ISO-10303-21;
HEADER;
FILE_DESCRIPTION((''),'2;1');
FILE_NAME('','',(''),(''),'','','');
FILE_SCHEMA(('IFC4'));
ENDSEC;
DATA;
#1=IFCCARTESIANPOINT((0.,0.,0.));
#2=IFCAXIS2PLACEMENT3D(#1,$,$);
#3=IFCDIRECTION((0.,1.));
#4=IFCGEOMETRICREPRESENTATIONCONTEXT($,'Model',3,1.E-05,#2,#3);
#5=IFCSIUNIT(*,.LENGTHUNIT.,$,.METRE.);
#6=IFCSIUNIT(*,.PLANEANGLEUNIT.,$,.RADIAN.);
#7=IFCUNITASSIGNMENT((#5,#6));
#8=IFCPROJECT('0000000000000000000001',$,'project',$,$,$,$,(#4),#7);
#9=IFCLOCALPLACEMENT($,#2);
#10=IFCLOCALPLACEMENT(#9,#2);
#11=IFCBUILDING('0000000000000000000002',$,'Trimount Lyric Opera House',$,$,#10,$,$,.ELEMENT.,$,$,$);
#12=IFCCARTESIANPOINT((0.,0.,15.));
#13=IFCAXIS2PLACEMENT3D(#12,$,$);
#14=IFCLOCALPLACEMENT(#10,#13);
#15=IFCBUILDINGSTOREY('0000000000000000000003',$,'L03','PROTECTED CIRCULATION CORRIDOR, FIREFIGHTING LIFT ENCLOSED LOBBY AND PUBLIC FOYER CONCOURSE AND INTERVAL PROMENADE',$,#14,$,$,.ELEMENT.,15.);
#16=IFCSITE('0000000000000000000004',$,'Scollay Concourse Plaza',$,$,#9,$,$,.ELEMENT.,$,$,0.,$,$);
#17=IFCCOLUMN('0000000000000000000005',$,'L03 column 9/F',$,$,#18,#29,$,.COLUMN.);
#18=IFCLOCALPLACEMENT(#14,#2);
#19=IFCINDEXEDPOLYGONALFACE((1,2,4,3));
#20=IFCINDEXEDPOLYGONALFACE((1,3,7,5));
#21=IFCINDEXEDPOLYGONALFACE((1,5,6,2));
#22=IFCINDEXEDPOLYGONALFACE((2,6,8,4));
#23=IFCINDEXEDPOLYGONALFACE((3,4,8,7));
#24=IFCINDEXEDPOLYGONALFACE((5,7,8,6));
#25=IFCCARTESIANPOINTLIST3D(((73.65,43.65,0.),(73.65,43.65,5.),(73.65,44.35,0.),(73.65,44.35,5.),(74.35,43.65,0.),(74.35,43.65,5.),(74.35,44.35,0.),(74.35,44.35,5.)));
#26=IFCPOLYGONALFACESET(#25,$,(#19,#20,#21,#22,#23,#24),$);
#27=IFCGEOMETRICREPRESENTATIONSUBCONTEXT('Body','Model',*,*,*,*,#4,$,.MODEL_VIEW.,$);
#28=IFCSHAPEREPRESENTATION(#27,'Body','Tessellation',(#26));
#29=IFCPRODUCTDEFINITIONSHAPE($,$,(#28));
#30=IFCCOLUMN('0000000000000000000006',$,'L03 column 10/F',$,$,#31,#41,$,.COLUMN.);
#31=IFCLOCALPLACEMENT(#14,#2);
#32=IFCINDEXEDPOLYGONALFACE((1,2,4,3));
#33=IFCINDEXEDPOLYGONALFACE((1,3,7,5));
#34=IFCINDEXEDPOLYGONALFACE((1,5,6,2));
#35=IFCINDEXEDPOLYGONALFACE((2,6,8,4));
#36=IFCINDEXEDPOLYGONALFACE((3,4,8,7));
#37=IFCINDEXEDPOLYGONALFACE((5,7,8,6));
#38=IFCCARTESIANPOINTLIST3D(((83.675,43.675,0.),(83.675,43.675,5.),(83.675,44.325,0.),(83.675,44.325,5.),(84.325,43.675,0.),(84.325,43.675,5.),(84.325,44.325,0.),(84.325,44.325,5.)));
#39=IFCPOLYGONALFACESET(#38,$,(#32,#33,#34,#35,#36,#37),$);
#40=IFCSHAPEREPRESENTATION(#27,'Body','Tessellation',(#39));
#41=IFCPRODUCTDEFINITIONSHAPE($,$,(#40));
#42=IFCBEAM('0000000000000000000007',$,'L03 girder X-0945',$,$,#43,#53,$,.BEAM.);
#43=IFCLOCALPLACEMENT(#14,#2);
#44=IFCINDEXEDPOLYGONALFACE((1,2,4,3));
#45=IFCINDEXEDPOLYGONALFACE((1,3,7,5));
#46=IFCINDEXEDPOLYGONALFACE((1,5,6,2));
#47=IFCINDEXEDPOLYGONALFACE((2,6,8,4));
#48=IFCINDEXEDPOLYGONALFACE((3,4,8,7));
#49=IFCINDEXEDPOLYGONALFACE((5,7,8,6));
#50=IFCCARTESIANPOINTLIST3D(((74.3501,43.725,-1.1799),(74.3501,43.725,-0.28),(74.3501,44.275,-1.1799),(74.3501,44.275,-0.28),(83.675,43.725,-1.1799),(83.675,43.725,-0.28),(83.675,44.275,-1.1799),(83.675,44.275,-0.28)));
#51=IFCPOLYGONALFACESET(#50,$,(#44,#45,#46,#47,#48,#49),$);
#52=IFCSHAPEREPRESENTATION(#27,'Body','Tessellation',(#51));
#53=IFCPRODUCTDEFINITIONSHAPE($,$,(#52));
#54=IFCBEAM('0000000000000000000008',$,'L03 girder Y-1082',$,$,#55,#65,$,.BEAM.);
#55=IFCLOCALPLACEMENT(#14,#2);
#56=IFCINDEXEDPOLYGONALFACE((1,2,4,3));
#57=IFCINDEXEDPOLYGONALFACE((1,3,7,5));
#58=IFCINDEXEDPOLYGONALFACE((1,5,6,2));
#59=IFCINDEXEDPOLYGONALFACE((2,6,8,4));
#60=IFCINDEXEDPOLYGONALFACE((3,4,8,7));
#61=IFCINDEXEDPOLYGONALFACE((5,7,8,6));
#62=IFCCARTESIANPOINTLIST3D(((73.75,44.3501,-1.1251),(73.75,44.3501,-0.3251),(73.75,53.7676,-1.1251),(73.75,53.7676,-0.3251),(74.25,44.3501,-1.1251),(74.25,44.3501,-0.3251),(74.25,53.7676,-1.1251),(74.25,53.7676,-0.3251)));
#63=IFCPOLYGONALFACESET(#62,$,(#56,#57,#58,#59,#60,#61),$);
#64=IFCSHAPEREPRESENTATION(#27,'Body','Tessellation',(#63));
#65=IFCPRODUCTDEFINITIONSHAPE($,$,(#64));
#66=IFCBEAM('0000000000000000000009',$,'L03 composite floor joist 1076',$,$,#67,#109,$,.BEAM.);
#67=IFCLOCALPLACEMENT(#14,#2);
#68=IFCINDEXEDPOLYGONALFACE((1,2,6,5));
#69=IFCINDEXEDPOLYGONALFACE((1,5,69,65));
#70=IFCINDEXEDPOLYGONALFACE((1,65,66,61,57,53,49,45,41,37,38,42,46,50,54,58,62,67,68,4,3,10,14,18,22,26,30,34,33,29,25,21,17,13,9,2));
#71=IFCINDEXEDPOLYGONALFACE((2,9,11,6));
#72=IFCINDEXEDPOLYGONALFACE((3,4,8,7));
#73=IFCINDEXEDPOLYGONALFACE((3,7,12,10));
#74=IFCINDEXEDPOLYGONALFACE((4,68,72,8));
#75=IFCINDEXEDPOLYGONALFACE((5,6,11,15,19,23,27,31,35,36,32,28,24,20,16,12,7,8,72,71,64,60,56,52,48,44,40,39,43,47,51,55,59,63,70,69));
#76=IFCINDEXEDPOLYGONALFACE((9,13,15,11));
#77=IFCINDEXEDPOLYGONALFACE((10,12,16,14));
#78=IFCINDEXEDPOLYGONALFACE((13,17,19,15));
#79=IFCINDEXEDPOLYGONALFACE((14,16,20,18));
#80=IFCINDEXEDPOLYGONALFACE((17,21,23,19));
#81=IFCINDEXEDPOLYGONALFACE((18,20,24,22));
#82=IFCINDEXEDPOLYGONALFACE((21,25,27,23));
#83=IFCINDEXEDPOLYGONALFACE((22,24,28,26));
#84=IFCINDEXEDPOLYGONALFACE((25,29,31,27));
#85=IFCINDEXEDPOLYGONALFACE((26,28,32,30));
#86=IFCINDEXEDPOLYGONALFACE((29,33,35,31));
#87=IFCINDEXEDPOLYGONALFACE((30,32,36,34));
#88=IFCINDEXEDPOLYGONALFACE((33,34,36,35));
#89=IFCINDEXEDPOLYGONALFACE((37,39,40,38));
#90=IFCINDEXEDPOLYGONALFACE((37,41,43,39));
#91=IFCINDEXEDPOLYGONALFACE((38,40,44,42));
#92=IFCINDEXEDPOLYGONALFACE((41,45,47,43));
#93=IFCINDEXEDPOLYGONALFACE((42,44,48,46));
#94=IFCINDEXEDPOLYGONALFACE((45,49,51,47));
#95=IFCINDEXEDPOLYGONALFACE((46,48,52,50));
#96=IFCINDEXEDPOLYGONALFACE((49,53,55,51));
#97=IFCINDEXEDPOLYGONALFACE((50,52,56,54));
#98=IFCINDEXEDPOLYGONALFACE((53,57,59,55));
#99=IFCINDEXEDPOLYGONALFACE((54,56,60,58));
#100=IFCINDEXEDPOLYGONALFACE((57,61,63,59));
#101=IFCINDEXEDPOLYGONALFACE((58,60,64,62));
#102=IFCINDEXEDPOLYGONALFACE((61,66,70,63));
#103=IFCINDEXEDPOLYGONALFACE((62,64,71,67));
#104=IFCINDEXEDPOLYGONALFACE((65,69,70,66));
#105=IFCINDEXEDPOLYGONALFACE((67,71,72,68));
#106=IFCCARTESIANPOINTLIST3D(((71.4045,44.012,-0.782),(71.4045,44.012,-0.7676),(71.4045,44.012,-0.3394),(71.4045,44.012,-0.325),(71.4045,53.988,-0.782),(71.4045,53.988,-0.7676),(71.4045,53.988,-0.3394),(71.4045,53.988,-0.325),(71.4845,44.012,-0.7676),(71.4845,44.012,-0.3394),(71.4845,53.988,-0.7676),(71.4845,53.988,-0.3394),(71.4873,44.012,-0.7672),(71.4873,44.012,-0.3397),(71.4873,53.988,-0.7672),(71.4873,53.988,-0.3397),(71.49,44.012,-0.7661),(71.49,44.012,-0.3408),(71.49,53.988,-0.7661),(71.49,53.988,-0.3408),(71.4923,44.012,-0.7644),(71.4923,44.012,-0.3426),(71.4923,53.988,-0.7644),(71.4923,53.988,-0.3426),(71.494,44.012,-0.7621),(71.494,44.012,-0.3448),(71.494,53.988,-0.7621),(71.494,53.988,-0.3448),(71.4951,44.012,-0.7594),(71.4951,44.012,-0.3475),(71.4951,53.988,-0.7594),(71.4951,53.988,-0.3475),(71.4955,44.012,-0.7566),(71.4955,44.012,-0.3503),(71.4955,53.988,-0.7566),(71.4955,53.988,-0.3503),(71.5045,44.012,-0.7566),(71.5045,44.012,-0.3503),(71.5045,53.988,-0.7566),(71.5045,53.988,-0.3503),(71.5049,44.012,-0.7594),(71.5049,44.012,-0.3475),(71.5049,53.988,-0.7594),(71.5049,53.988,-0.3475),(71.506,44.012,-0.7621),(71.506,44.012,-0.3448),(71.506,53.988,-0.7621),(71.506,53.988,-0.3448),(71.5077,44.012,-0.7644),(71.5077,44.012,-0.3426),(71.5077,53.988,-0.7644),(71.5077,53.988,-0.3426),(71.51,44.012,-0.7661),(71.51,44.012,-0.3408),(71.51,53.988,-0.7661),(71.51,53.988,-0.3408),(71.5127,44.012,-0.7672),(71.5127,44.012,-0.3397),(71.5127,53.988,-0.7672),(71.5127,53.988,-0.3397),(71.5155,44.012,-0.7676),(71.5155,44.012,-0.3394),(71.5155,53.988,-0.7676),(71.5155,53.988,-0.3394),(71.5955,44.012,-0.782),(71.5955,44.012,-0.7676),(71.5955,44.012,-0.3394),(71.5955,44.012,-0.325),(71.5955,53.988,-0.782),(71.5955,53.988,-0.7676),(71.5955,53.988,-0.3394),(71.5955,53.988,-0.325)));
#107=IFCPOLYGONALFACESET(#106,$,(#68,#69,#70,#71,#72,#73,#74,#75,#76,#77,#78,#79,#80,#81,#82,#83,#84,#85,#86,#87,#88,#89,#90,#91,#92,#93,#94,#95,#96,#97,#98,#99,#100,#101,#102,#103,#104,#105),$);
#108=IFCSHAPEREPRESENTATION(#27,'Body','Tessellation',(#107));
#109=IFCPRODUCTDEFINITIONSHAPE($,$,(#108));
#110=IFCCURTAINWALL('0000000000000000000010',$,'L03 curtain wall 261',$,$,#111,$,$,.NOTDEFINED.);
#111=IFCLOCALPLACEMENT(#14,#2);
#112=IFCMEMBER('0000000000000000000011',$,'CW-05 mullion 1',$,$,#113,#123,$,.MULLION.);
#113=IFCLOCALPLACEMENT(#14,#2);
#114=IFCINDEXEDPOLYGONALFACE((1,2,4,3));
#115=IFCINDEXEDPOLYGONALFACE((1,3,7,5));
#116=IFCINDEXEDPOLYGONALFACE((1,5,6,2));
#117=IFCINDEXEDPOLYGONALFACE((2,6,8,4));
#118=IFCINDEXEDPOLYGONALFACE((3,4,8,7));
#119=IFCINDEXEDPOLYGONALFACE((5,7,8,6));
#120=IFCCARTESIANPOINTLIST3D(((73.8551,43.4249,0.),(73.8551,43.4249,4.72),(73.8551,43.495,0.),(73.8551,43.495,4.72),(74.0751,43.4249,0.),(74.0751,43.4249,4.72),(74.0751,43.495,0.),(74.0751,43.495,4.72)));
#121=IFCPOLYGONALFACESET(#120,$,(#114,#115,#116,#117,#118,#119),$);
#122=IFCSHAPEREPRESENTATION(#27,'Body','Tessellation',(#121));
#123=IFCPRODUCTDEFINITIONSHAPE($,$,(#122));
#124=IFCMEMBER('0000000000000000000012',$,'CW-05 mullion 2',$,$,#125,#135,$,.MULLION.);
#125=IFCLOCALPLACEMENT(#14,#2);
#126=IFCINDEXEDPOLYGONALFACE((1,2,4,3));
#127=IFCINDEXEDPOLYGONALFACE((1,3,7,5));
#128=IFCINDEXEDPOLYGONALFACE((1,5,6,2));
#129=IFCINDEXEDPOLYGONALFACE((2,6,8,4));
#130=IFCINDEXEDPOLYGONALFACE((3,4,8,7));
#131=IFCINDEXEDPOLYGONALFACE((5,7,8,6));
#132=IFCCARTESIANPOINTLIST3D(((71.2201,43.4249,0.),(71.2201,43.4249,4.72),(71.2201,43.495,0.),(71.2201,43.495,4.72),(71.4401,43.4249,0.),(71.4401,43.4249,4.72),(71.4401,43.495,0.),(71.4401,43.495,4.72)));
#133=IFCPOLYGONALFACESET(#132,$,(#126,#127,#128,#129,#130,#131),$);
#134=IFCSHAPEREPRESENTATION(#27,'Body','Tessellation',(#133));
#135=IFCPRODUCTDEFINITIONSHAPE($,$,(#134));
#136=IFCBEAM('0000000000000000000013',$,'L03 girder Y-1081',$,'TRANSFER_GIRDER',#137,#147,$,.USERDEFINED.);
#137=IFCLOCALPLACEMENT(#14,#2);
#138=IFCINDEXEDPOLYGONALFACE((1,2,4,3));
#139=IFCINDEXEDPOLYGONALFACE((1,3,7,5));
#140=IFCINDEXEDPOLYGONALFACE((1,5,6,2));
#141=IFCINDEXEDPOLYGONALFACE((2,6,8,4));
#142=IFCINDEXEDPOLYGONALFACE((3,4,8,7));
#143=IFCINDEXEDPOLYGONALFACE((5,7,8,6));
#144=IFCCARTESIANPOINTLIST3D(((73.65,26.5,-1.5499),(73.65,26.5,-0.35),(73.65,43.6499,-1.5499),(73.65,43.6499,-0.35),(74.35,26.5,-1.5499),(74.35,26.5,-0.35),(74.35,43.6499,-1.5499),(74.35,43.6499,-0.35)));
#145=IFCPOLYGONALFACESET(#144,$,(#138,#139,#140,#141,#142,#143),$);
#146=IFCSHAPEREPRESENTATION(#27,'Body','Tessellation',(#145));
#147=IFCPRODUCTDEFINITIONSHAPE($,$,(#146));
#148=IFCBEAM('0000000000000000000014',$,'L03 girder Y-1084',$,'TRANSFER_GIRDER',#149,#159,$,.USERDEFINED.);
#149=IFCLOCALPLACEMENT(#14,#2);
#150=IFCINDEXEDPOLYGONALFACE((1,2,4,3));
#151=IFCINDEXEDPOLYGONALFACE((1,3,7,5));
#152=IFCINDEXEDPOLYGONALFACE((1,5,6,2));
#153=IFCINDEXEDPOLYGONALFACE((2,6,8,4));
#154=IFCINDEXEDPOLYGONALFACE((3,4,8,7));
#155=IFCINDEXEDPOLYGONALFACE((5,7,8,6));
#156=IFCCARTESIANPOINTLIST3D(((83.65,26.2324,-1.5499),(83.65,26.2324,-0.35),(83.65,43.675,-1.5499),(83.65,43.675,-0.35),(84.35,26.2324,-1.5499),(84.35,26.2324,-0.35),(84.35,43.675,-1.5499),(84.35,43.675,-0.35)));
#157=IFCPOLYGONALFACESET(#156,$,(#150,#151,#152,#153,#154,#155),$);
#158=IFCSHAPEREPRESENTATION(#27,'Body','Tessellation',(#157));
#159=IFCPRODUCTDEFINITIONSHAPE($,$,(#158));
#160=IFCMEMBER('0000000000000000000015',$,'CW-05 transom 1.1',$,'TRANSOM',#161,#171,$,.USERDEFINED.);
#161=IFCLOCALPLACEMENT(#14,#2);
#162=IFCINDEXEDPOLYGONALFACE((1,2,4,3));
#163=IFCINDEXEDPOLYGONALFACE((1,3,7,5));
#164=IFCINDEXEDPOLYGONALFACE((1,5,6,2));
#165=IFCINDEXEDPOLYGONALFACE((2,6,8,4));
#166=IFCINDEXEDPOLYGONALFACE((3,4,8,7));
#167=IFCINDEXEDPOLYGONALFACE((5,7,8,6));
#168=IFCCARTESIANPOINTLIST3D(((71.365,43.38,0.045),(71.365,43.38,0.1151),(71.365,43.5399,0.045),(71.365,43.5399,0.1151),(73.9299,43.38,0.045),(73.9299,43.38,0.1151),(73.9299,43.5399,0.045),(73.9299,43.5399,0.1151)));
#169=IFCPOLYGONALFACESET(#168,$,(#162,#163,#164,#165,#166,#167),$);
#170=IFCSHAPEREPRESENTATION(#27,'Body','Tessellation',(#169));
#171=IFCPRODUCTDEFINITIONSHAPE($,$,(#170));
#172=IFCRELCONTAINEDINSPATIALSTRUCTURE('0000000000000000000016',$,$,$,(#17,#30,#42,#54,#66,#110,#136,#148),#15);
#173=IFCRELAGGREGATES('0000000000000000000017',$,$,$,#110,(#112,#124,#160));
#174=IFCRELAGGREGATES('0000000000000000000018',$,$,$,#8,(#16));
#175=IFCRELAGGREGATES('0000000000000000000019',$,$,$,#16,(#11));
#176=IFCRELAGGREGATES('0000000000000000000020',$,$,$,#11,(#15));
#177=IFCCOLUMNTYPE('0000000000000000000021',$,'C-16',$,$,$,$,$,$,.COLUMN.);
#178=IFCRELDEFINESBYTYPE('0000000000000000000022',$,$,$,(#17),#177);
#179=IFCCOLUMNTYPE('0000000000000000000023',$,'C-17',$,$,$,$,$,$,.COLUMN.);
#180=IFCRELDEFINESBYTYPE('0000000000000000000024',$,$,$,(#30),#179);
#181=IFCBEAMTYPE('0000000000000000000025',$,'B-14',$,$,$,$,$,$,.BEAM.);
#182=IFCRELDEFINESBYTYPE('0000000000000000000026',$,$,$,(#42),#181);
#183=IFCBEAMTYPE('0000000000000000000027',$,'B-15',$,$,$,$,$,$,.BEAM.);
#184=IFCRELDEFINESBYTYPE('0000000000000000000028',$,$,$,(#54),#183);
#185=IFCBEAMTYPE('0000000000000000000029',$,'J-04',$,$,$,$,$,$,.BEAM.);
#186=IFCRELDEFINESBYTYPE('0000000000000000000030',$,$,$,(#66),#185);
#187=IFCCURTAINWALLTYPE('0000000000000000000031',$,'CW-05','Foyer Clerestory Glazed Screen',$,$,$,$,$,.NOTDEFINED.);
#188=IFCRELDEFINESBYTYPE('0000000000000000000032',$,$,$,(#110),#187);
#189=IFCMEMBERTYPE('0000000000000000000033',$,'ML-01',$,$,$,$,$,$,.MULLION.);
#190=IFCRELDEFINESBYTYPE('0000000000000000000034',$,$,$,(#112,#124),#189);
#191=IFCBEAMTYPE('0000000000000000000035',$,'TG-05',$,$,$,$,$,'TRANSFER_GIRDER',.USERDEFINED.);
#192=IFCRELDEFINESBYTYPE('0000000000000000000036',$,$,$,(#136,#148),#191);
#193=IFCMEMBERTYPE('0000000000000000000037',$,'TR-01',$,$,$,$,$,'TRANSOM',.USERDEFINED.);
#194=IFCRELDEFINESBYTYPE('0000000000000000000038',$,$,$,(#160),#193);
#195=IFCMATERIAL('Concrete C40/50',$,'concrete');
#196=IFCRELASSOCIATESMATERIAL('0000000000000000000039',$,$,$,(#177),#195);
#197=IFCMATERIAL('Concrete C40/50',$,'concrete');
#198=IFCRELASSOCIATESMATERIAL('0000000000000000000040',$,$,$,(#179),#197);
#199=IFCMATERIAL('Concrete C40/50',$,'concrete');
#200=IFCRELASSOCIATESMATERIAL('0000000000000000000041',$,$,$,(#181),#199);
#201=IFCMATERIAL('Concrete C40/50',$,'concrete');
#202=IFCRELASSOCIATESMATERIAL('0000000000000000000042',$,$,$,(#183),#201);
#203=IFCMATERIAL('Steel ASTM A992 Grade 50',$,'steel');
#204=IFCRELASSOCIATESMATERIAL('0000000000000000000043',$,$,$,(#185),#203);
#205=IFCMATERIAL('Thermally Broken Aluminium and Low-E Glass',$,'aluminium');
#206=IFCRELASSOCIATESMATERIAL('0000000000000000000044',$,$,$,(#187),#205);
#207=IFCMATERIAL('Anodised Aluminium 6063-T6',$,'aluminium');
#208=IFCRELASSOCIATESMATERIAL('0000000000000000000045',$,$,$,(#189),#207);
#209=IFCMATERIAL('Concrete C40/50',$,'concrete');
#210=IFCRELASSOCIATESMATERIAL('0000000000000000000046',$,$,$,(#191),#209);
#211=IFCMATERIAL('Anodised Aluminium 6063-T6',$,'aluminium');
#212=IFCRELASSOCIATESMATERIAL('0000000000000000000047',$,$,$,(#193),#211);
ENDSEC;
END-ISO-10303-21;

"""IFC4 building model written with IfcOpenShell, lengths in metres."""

from ifc_helpers import new_model, si_unit, direction, frame, origin, origin_2d, place, context, subcontext, project, spatial, rectangle, i_section, extrude, material, material_profile, profile_set, type_object, element, aggregate, save


model = new_model("IFC4")

# Units and contexts
model_context = context("Model", 3, precision=1e-05, world=origin(), true_north=direction((0.0, 1.0)))
body_context = subcontext(model_context, "Body", "Model", "MODEL_VIEW")
ifc_project = project(units=[si_unit("LENGTHUNIT", "METRE"), si_unit("PLANEANGLEUNIT", "RADIAN")], contexts=[model_context])

# Site, building, storey
site_placement = place(None, origin())
site = spatial("IfcSite", under=ifc_project, at=site_placement, Name="Scollay Concourse Plaza", CompositionType="ELEMENT", RefElevation=0.0)
building_placement = place(site_placement, origin())
building = spatial("IfcBuilding", under=site, at=building_placement, Name="Trimount Lyric Opera House", CompositionType="ELEMENT")
storey_placement = place(building_placement, frame((0.0, 0.0, 15.0)))
storey = spatial("IfcBuildingStorey", under=building, at=storey_placement, Name="L03", Description="PROTECTED CIRCULATION CORRIDOR, FIREFIGHTING LIFT ENCLOSED LOBBY AND PUBLIC FOYER CONCOURSE AND INTERVAL PROMENADE", CompositionType="ELEMENT", Elevation=15.0)

# Columns
ifc_material_1 = material(Name="Concrete C40/50", Category="concrete")
ifc_material_profile_1 = material_profile(ifc_material_1, rectangle(XDim=0.7, YDim=0.7, at=origin_2d()), Name="RC700X700")
ifc_profile_set_1 = profile_set([ifc_material_profile_1], Name="Concrete C40/50")
column_type_1 = type_object("IfcColumnType", Name="C-16", PredefinedType="COLUMN", material=ifc_profile_set_1)
column_1_placement = place(storey_placement, frame((74.0, 44.0, 0.0), z_axis=(0.0, 0.0, 1.0), x_axis=(1.0, 0.0, 0.0)))
element("IfcColumn", 1, at=column_1_placement, inside=storey, type_object=column_type_1, Name="L03 column 9/F", PredefinedType="COLUMN", context=body_context, shape_type="SweptSolid", body=[
    extrude(rectangle(XDim=0.7, YDim=0.7, at=origin_2d()), origin(), (0.0, 0.0, 1.0), 5.0),
])
ifc_material_2 = material(Name="Concrete C40/50", Category="concrete")
ifc_material_profile_2 = material_profile(ifc_material_2, rectangle(XDim=0.6499, YDim=0.6499, at=origin_2d()), Name="RC650X650")
ifc_profile_set_2 = profile_set([ifc_material_profile_2], Name="Concrete C40/50")
column_type_2 = type_object("IfcColumnType", Name="C-17", PredefinedType="COLUMN", material=ifc_profile_set_2)
column_2_placement = place(storey_placement, frame((84.0, 44.0, 0.0), z_axis=(0.0, 0.0, 1.0), x_axis=(1.0, 0.0, 0.0)))
element("IfcColumn", 2, at=column_2_placement, inside=storey, type_object=column_type_2, Name="L03 column 10/F", PredefinedType="COLUMN", context=body_context, shape_type="SweptSolid", body=[
    extrude(rectangle(XDim=0.6499, YDim=0.6499, at=origin_2d()), origin(), (0.0, 0.0, 1.0), 5.0),
])

# Beams
ifc_material_3 = material(Name="Concrete C40/50", Category="concrete")
ifc_material_profile_3 = material_profile(ifc_material_3, rectangle(XDim=0.55, YDim=0.8999, at=origin_2d()), Name="RC550X900")
ifc_profile_set_3 = profile_set([ifc_material_profile_3], Name="Concrete C40/50")
beam_type_1 = type_object("IfcBeamType", Name="B-14", PredefinedType="BEAM", material=ifc_profile_set_3)
beam_1_placement = place(storey_placement, frame((74.3501, 44.0, -0.73), z_axis=(1.0, 0.0, 0.0), x_axis=(0.0, 1.0, 0.0)))
element("IfcBeam", 3, at=beam_1_placement, inside=storey, type_object=beam_type_1, Name="L03 girder X-0945", PredefinedType="BEAM", context=body_context, shape_type="SweptSolid", body=[
    extrude(rectangle(XDim=0.55, YDim=0.8999, at=origin_2d()), origin(), (0.0, 0.0, 1.0), 9.325),
])
ifc_material_4 = material(Name="Concrete C40/50", Category="concrete")
ifc_material_profile_4 = material_profile(ifc_material_4, rectangle(XDim=0.5, YDim=0.8, at=origin_2d()), Name="RC500X800")
ifc_profile_set_4 = profile_set([ifc_material_profile_4], Name="Concrete C40/50")
beam_type_2 = type_object("IfcBeamType", Name="B-15", PredefinedType="BEAM", material=ifc_profile_set_4)
beam_2_placement = place(storey_placement, frame((74.0, 44.3501, -0.7251), z_axis=(0.0, 1.0, 0.0), x_axis=(-1.0, 0.0, 0.0)))
element("IfcBeam", 4, at=beam_2_placement, inside=storey, type_object=beam_type_2, Name="L03 girder Y-1082", PredefinedType="BEAM", context=body_context, shape_type="SweptSolid", body=[
    extrude(rectangle(XDim=0.5, YDim=0.8, at=origin_2d()), origin(), (0.0, 0.0, 1.0), 9.4175),
])
ifc_material_5 = material(Name="Steel ASTM A992 Grade 50", Category="steel")
ifc_material_profile_5 = material_profile(ifc_material_5, i_section(OverallWidth=0.1909, OverallDepth=0.457, WebThickness=0.009, FlangeThickness=0.0144, FilletRadius=0.011, at=origin_2d()), Name="W18X50")
ifc_profile_set_5 = profile_set([ifc_material_profile_5], Name="Steel ASTM A992 Grade 50")
beam_type_3 = type_object("IfcBeamType", Name="J-04", PredefinedType="BEAM", material=ifc_profile_set_5)
beam_3_placement = place(storey_placement, frame((71.5, 44.012, -0.5535), z_axis=(0.0, 1.0, 0.0), x_axis=(-1.0, 0.0, 0.0)))
element("IfcBeam", 5, at=beam_3_placement, inside=storey, type_object=beam_type_3, Name="L03 composite floor joist 1076", PredefinedType="BEAM", context=body_context, shape_type="SweptSolid", body=[
    extrude(i_section(OverallWidth=0.1909, OverallDepth=0.457, WebThickness=0.009, FlangeThickness=0.0144, FilletRadius=0.011, at=origin_2d()), origin(), (0.0, 0.0, 1.0), 9.9761),
])

# Curtain wall, members
ifc_material_6 = material(Name="Thermally Broken Aluminium and Low-E Glass", Category="aluminium")
curtain_wall_type = type_object("IfcCurtainWallType", Name="CW-05", Description="Foyer Clerestory Glazed Screen", PredefinedType="NOTDEFINED", material=ifc_material_6)
curtain_wall_placement = place(storey_placement, origin())
curtain_wall = element("IfcCurtainWall", 6, at=curtain_wall_placement, inside=storey, type_object=curtain_wall_type, Name="L03 curtain wall 261", PredefinedType="NOTDEFINED")
ifc_material_7 = material(Name="Anodised Aluminium 6063-T6", Category="aluminium")
ifc_material_profile_6 = material_profile(ifc_material_7, rectangle(XDim=0.0701, YDim=0.22, at=origin_2d()), Name="ALU-MULL-70X220")
ifc_profile_set_6 = profile_set([ifc_material_profile_6], Name="Anodised Aluminium 6063-T6")
member_type_1 = type_object("IfcMemberType", Name="ML-01", PredefinedType="MULLION", material=ifc_profile_set_6)
member_1_placement = place(storey_placement, frame((73.9651, 43.46, 0.0), z_axis=(0.0, 0.0, 1.0), x_axis=(0.0, -1.0, 0.0)))
member_1 = element("IfcMember", 7, at=member_1_placement, type_object=member_type_1, Name="CW-05 mullion 1", PredefinedType="MULLION", context=body_context, shape_type="SweptSolid", body=[
    extrude(rectangle(XDim=0.0701, YDim=0.22, at=origin_2d()), origin(), (0.0, 0.0, 1.0), 4.72),
])
member_2_placement = place(storey_placement, frame((71.3301, 43.46, 0.0), z_axis=(0.0, 0.0, 1.0), x_axis=(0.0, -1.0, 0.0)))
member_2 = element("IfcMember", 8, at=member_2_placement, type_object=member_type_1, Name="CW-05 mullion 2", PredefinedType="MULLION", context=body_context, shape_type="SweptSolid", body=[
    extrude(rectangle(XDim=0.0701, YDim=0.22, at=origin_2d()), origin(), (0.0, 0.0, 1.0), 4.72),
])

# Beams
ifc_material_8 = material(Name="Concrete C40/50", Category="concrete")
ifc_material_profile_7 = material_profile(ifc_material_8, rectangle(XDim=0.7, YDim=1.2, at=origin_2d()), Name="RC700X1200")
ifc_profile_set_7 = profile_set([ifc_material_profile_7], Name="Concrete C40/50")
beam_type_4 = type_object("IfcBeamType", Name="TG-05", ElementType="TRANSFER_GIRDER", PredefinedType="USERDEFINED", material=ifc_profile_set_7)
beam_4_placement = place(storey_placement, frame((74.0, 26.5, -0.95), z_axis=(0.0, 1.0, 0.0), x_axis=(-1.0, 0.0, 0.0)))
element("IfcBeam", 9, at=beam_4_placement, inside=storey, type_object=beam_type_4, Name="L03 girder Y-1081", ObjectType="TRANSFER_GIRDER", PredefinedType="USERDEFINED", context=body_context, shape_type="SweptSolid", body=[
    extrude(rectangle(XDim=0.7, YDim=1.2, at=origin_2d()), origin(), (0.0, 0.0, 1.0), 17.1499),
])
beam_5_placement = place(storey_placement, frame((84.0, 26.2324, -0.95), z_axis=(0.0, 1.0, 0.0), x_axis=(-1.0, 0.0, 0.0)))
element("IfcBeam", 10, at=beam_5_placement, inside=storey, type_object=beam_type_4, Name="L03 girder Y-1084", ObjectType="TRANSFER_GIRDER", PredefinedType="USERDEFINED", context=body_context, shape_type="SweptSolid", body=[
    extrude(rectangle(XDim=0.7, YDim=1.2, at=origin_2d()), origin(), (0.0, 0.0, 1.0), 17.4426),
])

# Member
ifc_material_9 = material(Name="Anodised Aluminium 6063-T6", Category="aluminium")
ifc_material_profile_8 = material_profile(ifc_material_9, rectangle(XDim=0.1599, YDim=0.0701, at=origin_2d()), Name="ALU-TRAN-70X160")
ifc_profile_set_8 = profile_set([ifc_material_profile_8], Name="Anodised Aluminium 6063-T6")
member_type_2 = type_object("IfcMemberType", Name="TR-01", ElementType="TRANSOM", PredefinedType="USERDEFINED", material=ifc_profile_set_8)
member_3_placement = place(storey_placement, frame((73.9299, 43.46, 0.0801), z_axis=(-1.0, 0.0, 0.0), x_axis=(0.0, -1.0, 0.0)))
member_3 = element("IfcMember", 11, at=member_3_placement, type_object=member_type_2, Name="CW-05 transom 1.1", ObjectType="TRANSOM", PredefinedType="USERDEFINED", context=body_context, shape_type="SweptSolid", body=[
    extrude(rectangle(XDim=0.1599, YDim=0.0701, at=origin_2d()), origin(), (0.0, 0.0, 1.0), 2.5649),
])

aggregate(curtain_wall, [member_1, member_2, member_3])

save(model, "model.ifc")
